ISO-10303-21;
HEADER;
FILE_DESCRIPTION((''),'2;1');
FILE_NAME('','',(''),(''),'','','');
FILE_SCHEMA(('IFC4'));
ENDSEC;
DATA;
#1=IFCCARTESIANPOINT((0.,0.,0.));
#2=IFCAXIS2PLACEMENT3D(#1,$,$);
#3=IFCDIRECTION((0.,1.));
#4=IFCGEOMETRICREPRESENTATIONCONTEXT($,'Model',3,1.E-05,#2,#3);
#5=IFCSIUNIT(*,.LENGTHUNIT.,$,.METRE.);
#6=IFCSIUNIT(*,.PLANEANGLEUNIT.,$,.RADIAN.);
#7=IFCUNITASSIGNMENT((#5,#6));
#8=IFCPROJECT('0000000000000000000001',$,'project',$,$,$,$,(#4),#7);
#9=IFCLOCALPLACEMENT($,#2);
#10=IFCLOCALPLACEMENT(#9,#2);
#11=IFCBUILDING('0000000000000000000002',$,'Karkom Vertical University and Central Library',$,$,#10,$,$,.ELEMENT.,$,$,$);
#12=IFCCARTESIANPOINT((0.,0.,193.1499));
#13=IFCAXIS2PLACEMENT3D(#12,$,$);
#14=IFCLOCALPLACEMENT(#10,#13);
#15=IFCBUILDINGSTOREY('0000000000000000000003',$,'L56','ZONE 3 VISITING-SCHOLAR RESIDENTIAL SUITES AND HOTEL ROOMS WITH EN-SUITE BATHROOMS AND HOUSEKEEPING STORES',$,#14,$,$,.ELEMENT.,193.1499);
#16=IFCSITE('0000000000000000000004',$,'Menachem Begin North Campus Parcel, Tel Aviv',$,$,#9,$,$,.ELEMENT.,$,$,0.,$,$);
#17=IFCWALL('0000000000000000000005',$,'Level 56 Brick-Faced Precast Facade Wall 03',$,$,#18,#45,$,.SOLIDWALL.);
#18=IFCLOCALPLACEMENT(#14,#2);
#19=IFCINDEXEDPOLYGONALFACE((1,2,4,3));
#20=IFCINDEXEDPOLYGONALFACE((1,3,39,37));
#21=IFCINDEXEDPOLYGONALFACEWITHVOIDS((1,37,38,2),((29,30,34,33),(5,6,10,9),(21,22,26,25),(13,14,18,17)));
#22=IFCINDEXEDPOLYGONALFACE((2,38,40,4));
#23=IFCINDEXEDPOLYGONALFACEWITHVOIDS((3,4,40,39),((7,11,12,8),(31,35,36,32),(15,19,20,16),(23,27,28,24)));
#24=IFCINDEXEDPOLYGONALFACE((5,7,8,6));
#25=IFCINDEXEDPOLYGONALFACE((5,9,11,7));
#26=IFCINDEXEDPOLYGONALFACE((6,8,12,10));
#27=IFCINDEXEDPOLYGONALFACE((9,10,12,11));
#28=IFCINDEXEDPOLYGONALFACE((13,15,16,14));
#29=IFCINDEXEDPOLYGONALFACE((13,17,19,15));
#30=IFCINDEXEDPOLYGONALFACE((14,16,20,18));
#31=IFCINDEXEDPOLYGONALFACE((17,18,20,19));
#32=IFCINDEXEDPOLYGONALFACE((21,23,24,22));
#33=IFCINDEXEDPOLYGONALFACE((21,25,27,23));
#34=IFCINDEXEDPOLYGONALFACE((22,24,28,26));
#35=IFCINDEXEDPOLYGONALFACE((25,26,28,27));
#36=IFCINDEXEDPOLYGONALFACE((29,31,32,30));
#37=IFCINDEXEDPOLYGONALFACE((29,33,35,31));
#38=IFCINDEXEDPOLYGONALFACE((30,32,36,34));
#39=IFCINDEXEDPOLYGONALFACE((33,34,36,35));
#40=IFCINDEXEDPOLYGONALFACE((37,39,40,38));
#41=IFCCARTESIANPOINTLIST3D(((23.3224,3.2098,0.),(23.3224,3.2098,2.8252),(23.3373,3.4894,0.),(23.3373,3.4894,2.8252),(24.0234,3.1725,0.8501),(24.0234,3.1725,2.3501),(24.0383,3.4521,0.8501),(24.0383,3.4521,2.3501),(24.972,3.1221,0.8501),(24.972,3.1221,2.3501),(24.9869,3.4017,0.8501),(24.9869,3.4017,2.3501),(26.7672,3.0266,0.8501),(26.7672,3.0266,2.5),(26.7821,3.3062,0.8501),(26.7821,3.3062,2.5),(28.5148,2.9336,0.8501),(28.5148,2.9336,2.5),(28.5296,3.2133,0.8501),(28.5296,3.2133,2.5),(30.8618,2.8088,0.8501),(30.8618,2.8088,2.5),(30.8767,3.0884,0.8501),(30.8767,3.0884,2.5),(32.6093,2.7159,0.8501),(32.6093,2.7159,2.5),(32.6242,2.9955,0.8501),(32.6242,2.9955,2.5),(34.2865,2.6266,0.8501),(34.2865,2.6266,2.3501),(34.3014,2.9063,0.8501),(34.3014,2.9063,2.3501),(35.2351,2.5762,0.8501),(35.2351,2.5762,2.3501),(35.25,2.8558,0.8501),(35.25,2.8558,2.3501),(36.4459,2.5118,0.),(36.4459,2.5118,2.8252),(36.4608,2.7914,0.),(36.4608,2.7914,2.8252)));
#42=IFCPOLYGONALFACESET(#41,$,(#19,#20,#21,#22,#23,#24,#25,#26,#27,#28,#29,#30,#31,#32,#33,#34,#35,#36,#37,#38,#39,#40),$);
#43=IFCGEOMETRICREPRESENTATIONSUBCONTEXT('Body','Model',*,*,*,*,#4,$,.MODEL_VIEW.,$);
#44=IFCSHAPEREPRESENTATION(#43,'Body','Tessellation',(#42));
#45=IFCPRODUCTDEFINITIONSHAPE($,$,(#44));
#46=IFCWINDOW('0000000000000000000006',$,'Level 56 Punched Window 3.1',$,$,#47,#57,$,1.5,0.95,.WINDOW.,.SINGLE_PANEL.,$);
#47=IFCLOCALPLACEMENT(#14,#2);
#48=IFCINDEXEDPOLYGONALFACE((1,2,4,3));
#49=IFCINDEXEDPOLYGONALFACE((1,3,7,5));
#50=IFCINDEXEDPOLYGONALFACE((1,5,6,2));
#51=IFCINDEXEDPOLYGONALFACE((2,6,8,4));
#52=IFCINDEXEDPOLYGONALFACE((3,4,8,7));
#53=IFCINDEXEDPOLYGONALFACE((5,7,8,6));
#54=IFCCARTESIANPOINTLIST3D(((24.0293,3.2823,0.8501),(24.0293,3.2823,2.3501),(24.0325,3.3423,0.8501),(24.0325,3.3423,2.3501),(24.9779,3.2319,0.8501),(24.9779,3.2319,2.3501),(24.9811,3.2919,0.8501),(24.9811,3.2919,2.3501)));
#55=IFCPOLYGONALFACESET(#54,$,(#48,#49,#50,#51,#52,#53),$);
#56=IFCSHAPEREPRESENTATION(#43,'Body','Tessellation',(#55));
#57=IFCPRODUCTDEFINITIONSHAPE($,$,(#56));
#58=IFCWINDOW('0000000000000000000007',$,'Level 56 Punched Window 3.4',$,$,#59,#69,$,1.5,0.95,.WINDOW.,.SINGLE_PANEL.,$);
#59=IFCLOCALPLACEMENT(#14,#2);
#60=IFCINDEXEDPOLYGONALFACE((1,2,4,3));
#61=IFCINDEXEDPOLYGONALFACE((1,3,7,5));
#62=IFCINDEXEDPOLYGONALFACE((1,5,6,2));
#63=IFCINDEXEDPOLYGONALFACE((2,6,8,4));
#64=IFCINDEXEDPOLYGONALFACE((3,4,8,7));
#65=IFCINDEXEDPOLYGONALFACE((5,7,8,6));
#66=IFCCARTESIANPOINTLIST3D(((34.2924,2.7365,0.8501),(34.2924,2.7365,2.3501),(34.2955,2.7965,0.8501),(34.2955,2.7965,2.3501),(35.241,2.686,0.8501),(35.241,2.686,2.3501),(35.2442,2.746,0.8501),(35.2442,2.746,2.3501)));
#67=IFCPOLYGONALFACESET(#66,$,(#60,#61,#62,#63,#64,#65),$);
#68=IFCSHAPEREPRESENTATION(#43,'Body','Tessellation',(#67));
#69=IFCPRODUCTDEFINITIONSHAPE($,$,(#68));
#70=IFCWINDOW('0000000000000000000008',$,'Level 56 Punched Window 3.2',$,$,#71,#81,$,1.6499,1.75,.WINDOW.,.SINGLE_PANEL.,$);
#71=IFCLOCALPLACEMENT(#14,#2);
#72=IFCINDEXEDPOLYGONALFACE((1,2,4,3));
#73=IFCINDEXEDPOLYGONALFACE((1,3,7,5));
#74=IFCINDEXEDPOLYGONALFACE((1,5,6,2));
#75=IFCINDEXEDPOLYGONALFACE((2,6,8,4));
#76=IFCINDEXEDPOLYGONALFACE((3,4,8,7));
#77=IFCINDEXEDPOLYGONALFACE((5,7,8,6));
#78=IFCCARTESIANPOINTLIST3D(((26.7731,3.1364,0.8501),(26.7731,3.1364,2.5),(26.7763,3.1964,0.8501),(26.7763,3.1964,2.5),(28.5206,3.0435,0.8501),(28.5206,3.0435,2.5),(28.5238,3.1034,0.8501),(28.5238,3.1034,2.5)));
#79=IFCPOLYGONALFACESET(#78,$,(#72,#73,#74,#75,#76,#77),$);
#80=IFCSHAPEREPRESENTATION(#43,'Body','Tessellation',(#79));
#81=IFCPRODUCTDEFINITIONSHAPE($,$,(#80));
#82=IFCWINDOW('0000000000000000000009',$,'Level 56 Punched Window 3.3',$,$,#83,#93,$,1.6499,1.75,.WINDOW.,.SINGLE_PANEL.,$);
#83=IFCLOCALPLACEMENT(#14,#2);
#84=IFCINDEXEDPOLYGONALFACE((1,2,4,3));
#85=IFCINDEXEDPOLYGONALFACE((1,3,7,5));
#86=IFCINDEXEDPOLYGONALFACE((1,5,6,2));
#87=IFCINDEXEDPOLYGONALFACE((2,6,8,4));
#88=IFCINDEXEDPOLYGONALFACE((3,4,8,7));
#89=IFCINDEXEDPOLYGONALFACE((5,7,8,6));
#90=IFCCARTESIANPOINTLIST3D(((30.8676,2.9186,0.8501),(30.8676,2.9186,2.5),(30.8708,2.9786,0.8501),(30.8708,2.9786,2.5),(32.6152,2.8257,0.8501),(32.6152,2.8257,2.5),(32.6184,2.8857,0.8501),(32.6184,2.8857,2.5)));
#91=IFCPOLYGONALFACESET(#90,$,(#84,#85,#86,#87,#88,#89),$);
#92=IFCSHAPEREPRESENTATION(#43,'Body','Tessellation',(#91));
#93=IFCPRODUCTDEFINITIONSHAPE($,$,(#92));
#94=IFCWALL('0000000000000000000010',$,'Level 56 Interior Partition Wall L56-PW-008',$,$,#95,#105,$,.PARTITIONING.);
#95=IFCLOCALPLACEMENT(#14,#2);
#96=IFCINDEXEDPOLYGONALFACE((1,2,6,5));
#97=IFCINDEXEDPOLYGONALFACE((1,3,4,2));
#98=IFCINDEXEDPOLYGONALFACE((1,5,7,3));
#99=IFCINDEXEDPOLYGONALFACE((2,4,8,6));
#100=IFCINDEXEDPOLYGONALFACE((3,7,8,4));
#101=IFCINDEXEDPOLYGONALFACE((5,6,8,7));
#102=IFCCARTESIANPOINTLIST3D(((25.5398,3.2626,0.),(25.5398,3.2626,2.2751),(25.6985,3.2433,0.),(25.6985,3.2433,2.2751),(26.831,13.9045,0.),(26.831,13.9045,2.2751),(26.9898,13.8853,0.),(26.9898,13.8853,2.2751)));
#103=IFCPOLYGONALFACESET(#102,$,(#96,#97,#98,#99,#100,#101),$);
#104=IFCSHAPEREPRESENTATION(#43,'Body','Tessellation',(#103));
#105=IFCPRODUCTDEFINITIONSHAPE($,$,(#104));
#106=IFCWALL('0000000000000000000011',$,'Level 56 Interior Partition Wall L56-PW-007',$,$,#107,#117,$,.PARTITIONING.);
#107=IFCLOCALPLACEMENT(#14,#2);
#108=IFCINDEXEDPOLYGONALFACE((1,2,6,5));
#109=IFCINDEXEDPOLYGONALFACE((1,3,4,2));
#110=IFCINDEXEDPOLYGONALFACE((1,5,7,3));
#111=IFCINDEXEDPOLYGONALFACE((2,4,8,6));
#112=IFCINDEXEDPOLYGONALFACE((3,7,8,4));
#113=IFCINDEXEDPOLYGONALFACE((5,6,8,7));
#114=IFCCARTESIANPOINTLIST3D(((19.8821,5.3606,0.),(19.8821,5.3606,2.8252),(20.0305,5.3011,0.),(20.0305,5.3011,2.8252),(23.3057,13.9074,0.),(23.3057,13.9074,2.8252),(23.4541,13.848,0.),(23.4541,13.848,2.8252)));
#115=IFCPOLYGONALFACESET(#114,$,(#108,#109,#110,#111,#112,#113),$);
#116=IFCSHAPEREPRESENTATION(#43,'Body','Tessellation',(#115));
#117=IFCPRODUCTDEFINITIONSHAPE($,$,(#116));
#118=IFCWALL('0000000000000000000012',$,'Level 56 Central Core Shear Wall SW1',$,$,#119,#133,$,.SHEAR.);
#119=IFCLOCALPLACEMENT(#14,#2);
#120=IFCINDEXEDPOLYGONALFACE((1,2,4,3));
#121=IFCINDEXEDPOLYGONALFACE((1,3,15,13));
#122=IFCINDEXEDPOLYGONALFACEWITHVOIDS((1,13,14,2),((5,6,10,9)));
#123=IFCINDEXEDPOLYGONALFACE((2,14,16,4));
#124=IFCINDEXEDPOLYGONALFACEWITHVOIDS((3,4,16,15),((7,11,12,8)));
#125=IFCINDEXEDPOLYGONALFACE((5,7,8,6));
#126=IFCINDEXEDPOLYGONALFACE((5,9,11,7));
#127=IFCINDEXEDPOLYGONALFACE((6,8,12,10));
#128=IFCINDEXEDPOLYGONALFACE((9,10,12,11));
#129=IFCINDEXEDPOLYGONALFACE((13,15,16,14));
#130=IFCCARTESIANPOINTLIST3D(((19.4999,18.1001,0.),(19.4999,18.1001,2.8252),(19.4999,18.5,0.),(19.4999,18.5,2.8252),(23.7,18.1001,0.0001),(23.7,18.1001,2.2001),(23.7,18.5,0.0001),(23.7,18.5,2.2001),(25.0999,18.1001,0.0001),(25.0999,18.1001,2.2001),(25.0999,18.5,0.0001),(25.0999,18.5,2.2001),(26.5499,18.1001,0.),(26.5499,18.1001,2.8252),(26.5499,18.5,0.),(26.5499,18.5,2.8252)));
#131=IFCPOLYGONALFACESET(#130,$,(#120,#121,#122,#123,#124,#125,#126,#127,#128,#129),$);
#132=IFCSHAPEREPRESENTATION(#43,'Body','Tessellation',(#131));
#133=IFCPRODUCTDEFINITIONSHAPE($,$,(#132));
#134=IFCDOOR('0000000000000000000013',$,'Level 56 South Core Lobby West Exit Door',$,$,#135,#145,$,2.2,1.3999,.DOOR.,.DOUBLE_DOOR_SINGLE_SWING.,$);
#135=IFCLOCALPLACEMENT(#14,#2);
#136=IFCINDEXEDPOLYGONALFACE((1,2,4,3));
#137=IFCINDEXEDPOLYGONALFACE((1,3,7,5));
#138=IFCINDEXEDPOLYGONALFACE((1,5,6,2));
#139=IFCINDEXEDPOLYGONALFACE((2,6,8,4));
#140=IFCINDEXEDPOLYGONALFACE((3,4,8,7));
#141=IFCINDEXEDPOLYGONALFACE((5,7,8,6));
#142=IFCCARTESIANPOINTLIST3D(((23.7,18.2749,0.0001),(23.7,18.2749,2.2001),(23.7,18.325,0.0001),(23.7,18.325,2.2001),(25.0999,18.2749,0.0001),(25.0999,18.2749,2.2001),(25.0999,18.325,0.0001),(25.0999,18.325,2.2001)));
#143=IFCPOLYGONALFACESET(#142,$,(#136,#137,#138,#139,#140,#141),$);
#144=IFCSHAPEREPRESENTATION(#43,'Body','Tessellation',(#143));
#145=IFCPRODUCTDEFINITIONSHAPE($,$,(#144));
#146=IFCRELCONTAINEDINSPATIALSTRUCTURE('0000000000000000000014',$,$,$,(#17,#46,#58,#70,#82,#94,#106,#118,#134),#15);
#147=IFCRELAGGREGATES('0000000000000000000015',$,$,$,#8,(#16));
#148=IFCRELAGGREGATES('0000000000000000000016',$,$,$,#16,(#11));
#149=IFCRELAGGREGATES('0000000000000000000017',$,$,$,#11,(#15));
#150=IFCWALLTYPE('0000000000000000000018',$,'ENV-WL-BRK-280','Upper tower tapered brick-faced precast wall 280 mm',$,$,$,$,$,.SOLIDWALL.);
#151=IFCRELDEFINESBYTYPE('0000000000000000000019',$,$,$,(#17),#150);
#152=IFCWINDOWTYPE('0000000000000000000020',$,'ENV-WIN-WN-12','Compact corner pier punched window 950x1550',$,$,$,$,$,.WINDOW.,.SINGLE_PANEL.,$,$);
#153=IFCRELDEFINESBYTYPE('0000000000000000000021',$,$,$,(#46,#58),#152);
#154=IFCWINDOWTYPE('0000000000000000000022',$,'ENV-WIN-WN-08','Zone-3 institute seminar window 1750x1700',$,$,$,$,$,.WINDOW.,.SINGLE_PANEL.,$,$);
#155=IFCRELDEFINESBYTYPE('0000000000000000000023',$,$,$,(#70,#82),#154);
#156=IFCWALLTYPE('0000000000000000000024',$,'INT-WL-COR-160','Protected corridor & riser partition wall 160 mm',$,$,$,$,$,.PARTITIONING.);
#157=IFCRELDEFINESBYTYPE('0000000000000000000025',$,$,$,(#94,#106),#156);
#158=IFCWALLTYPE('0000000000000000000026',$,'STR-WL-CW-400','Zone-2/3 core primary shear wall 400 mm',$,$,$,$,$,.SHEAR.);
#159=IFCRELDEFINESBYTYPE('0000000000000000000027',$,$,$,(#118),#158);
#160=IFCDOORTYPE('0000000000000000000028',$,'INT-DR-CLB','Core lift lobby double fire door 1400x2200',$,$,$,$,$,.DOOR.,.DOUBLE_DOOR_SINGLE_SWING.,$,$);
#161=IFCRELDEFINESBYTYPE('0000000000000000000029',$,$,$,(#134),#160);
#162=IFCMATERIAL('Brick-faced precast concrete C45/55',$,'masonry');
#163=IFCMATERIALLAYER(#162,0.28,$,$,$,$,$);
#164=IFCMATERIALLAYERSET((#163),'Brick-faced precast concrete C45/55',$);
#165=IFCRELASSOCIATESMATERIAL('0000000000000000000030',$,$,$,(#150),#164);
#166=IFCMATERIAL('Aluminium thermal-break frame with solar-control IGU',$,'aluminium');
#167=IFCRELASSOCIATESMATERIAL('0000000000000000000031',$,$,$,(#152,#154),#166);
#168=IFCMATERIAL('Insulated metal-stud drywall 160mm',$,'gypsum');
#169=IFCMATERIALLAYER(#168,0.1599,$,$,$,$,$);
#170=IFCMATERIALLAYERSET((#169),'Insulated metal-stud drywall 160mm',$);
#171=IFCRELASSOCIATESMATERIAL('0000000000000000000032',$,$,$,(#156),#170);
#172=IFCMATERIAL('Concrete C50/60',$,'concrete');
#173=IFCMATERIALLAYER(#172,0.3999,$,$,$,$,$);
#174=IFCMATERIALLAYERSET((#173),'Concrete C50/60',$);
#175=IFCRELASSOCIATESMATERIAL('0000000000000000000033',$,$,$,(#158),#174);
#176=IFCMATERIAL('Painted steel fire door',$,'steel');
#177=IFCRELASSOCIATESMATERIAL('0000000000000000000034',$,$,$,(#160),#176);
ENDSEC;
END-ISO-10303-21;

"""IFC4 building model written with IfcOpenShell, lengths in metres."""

from ifc_helpers import new_model, si_unit, direction, frame, frame_2d, origin, origin_with_axes, place, context, subcontext, project, spatial, rectangle, extrude, source, transform, mapped, material, layer, layer_set, type_object, element, fill, save


model = new_model("IFC4")

# Units and contexts
model_context = context("Model", 3, precision=1e-05, world=origin(), true_north=direction((0.0, 1.0)))
body_context = subcontext(model_context, "Body", "Model", "MODEL_VIEW")
ifc_project = project(units=[si_unit("LENGTHUNIT", "METRE"), si_unit("PLANEANGLEUNIT", "RADIAN")], contexts=[model_context])

# Site, building, storey
site_placement = place(None, origin())
site = spatial("IfcSite", under=ifc_project, at=site_placement, Name="Menachem Begin North Campus Parcel, Tel Aviv", CompositionType="ELEMENT", RefElevation=0.0)
building_placement = place(site_placement, origin())
building = spatial("IfcBuilding", under=site, at=building_placement, Name="Karkom Vertical University and Central Library", CompositionType="ELEMENT")
storey_placement = place(building_placement, frame((0.0, 0.0, 193.1499)))
storey = spatial("IfcBuildingStorey", under=building, at=storey_placement, Name="L56", Description="ZONE 3 VISITING-SCHOLAR RESIDENTIAL SUITES AND HOTEL ROOMS WITH EN-SUITE BATHROOMS AND HOUSEKEEPING STORES", CompositionType="ELEMENT", Elevation=193.1499)

# Shared definitions
ifc_material_1 = material(Name="Concrete C50/60", Category="concrete")

# Wall, openings, windows
ifc_material_2 = material(Name="Brick-faced precast concrete C45/55", Category="masonry")
ifc_layer_1 = layer(ifc_material_2, 0.28)
ifc_layer_set_1 = layer_set([ifc_layer_1], Name="Brick-faced precast concrete C45/55")
wall_type_1 = type_object("IfcWallType", Name="ENV-WL-BRK-280", Description="Upper tower tapered brick-faced precast wall 280 mm", PredefinedType="SOLIDWALL", material=ifc_layer_set_1)
wall_1_placement = place(storey_placement, frame((23.3298, 3.3496, 0.0), z_axis=(0.0, 0.0, 1.0), x_axis=(0.998589, -0.053112, 0.0)))
wall_1 = element("IfcWall", 1, at=wall_1_placement, inside=storey, type_object=wall_type_1, Name="Level 56 Brick-Faced Precast Facade Wall 03", PredefinedType="SOLIDWALL", context=body_context, shape_type="SweptSolid", body=[
    extrude(rectangle(XDim=13.1421, YDim=0.28, at=frame_2d((6.571, 0.0))), origin(), (0.0, 0.0, 1.0), 2.8252),
])
opening_1_placement = place(wall_1_placement, frame((0.7019, 0.0, 0.8501)))
opening_1 = element("IfcOpeningElement", 2, at=opening_1_placement, cuts=wall_1, PredefinedType="OPENING", context=body_context, shape_type="SweptSolid", body=[
    extrude(rectangle(XDim=0.95, YDim=1.5, at=frame_2d((0.4751, 0.75))), frame((0.0, 0.1499, 0.0), z_axis=(0.0, -1.0, 0.0), x_axis=(1.0, 0.0, 0.0)), (0.0, 0.0, 1.0), 0.3),
])
opening_2_placement = place(wall_1_placement, frame((3.4497, 0.0, 0.8501)))
opening_2 = element("IfcOpeningElement", 3, at=opening_2_placement, cuts=wall_1, PredefinedType="OPENING", context=body_context, shape_type="SweptSolid", body=[
    extrude(rectangle(XDim=1.75, YDim=1.6499, at=frame_2d((0.875, 0.825))), frame((0.0, 0.1499, 0.0), z_axis=(0.0, -1.0, 0.0), x_axis=(1.0, 0.0, 0.0)), (0.0, 0.0, 1.0), 0.3),
])
opening_3_placement = place(wall_1_placement, frame((7.55, 0.0, 0.8501)))
opening_3 = element("IfcOpeningElement", 4, at=opening_3_placement, cuts=wall_1, PredefinedType="OPENING", context=body_context, shape_type="SweptSolid", body=[
    extrude(rectangle(XDim=1.75, YDim=1.6499, at=frame_2d((0.875, 0.825))), frame((0.0, 0.1499, 0.0), z_axis=(0.0, -1.0, 0.0), x_axis=(1.0, 0.0, 0.0)), (0.0, 0.0, 1.0), 0.3),
])
opening_4_placement = place(wall_1_placement, frame((10.9795, 0.0, 0.8501)))
opening_4 = element("IfcOpeningElement", 5, at=opening_4_placement, cuts=wall_1, PredefinedType="OPENING", context=body_context, shape_type="SweptSolid", body=[
    extrude(rectangle(XDim=0.95, YDim=1.5, at=frame_2d((0.4751, 0.75))), frame((0.0, 0.1499, 0.0), z_axis=(0.0, -1.0, 0.0), x_axis=(1.0, 0.0, 0.0)), (0.0, 0.0, 1.0), 0.3),
])
ifc_material_3 = material(Name="Aluminium thermal-break frame with solar-control IGU", Category="aluminium")
window_type_1 = type_object("IfcWindowType", Name="ENV-WIN-WN-12", Description="Compact corner pier punched window 950x1550", PartitioningType="SINGLE_PANEL", PredefinedType="WINDOW", material=ifc_material_3)
shared_shape_1 = source(origin_with_axes(), body_context, "Body", "SweptSolid", [
    extrude(rectangle(XDim=0.95, YDim=1.5, at=frame_2d((0.4751, 0.75))), frame((0.0, 0.03, 0.0), z_axis=(0.0, -1.0, 0.0), x_axis=(1.0, 0.0, 0.0)), (0.0, 0.0, 1.0), 0.0601),
])
window_1_placement = place(opening_1_placement, origin())
window_1 = element("IfcWindow", 6, at=window_1_placement, inside=storey, type_object=window_type_1, Name="Level 56 Punched Window 3.1", OverallHeight=1.5, OverallWidth=0.95, PartitioningType="SINGLE_PANEL", PredefinedType="WINDOW", context=body_context, shape_type="MappedRepresentation", body=[
    mapped(shared_shape_1, transform((0.0, 0.0, 0.0), scale=1.0)),
])
fill(opening_1, window_1)
window_2_placement = place(opening_4_placement, origin())
window_2 = element("IfcWindow", 7, at=window_2_placement, inside=storey, type_object=window_type_1, Name="Level 56 Punched Window 3.4", OverallHeight=1.5, OverallWidth=0.95, PartitioningType="SINGLE_PANEL", PredefinedType="WINDOW", context=body_context, shape_type="MappedRepresentation", body=[
    mapped(shared_shape_1, transform((0.0, 0.0, 0.0), scale=1.0)),
])
fill(opening_4, window_2)
window_type_2 = type_object("IfcWindowType", Name="ENV-WIN-WN-08", Description="Zone-3 institute seminar window 1750x1700", PartitioningType="SINGLE_PANEL", PredefinedType="WINDOW", material=ifc_material_3)
shared_shape_2 = source(origin_with_axes(), body_context, "Body", "SweptSolid", [
    extrude(rectangle(XDim=1.75, YDim=1.6499, at=frame_2d((0.875, 0.825))), frame((0.0, 0.03, 0.0), z_axis=(0.0, -1.0, 0.0), x_axis=(1.0, 0.0, 0.0)), (0.0, 0.0, 1.0), 0.0601),
])
window_3_placement = place(opening_2_placement, origin())
window_3 = element("IfcWindow", 8, at=window_3_placement, inside=storey, type_object=window_type_2, Name="Level 56 Punched Window 3.2", OverallHeight=1.6499, OverallWidth=1.75, PartitioningType="SINGLE_PANEL", PredefinedType="WINDOW", context=body_context, shape_type="MappedRepresentation", body=[
    mapped(shared_shape_2, transform((0.0, 0.0, 0.0), scale=1.0)),
])
fill(opening_2, window_3)
window_4_placement = place(opening_3_placement, origin())
window_4 = element("IfcWindow", 9, at=window_4_placement, inside=storey, type_object=window_type_2, Name="Level 56 Punched Window 3.3", OverallHeight=1.6499, OverallWidth=1.75, PartitioningType="SINGLE_PANEL", PredefinedType="WINDOW", context=body_context, shape_type="MappedRepresentation", body=[
    mapped(shared_shape_2, transform((0.0, 0.0, 0.0), scale=1.0)),
])
fill(opening_3, window_4)

# Walls
ifc_material_4 = material(Name="Insulated metal-stud drywall 160mm", Category="gypsum")
ifc_layer_2 = layer(ifc_material_4, 0.1599)
ifc_layer_set_2 = layer_set([ifc_layer_2], Name="Insulated metal-stud drywall 160mm")
wall_type_2 = type_object("IfcWallType", Name="INT-WL-COR-160", Description="Protected corridor & riser partition wall 160 mm", PredefinedType="PARTITIONING", material=ifc_layer_set_2)
wall_2_placement = place(storey_placement, frame((26.9104, 13.8948, 0.0), z_axis=(0.0, 0.0, 1.0), x_axis=(-0.120454, -0.992719, 0.0)))
element("IfcWall", 10, at=wall_2_placement, inside=storey, type_object=wall_type_2, Name="Level 56 Interior Partition Wall L56-PW-008", PredefinedType="PARTITIONING", context=body_context, shape_type="SweptSolid", body=[
    extrude(rectangle(XDim=10.72, YDim=0.1599, at=frame_2d((5.3599, 0.0))), origin(), (0.0, 0.0, 1.0), 2.2751),
])
wall_3_placement = place(storey_placement, frame((23.3799, 13.8777, 0.0), z_axis=(0.0, 0.0, 1.0), x_axis=(-0.371843, -0.928296, 0.0)))
element("IfcWall", 11, at=wall_3_placement, inside=storey, type_object=wall_type_2, Name="Level 56 Interior Partition Wall L56-PW-007", PredefinedType="PARTITIONING", context=body_context, shape_type="SweptSolid", body=[
    extrude(rectangle(XDim=9.207, YDim=0.1599, at=frame_2d((4.6035, 0.0))), origin(), (0.0, 0.0, 1.0), 2.8252),
])

# Wall, opening, door
ifc_layer_3 = layer(ifc_material_1, 0.3999)
ifc_layer_set_3 = layer_set([ifc_layer_3], Name="Concrete C50/60")
wall_type_3 = type_object("IfcWallType", Name="STR-WL-CW-400", Description="Zone-2/3 core primary shear wall 400 mm", PredefinedType="SHEAR", material=ifc_layer_set_3)
wall_4_placement = place(storey_placement, frame((19.5, 18.3, 0.0), z_axis=(0.0, 0.0, 1.0), x_axis=(1.0, 0.0, 0.0)))
wall_4 = element("IfcWall", 12, at=wall_4_placement, inside=storey, type_object=wall_type_3, Name="Level 56 Central Core Shear Wall SW1", PredefinedType="SHEAR", context=body_context, shape_type="SweptSolid", body=[
    extrude(rectangle(XDim=7.05, YDim=0.3999, at=frame_2d((3.5249, 0.0))), origin(), (0.0, 0.0, 1.0), 2.8252),
])
opening_5_placement = place(wall_4_placement, frame((4.2, 0.0, 0.0)))
opening_5 = element("IfcOpeningElement", 13, at=opening_5_placement, cuts=wall_4, PredefinedType="OPENING", context=body_context, shape_type="SweptSolid", body=[
    extrude(rectangle(XDim=1.3999, YDim=2.2, at=frame_2d((0.7, 1.1001))), frame((0.0, 0.21, 0.0), z_axis=(0.0, -1.0, 0.0), x_axis=(1.0, 0.0, 0.0)), (0.0, 0.0, 1.0), 0.4199),
])
ifc_material_5 = material(Name="Painted steel fire door", Category="steel")
door_type = type_object("IfcDoorType", Name="INT-DR-CLB", Description="Core lift lobby double fire door 1400x2200", OperationType="DOUBLE_DOOR_SINGLE_SWING", PredefinedType="DOOR", material=ifc_material_5)
shared_shape_3 = source(origin_with_axes(), body_context, "Body", "SweptSolid", [
    extrude(rectangle(XDim=1.3999, YDim=2.2, at=frame_2d((0.7, 1.1001))), frame((0.0, 0.0249, 0.0), z_axis=(0.0, -1.0, 0.0), x_axis=(1.0, 0.0, 0.0)), (0.0, 0.0, 1.0), 0.05),
])
door_placement = place(opening_5_placement, origin())
door = element("IfcDoor", 14, at=door_placement, inside=storey, type_object=door_type, Name="Level 56 South Core Lobby West Exit Door", OperationType="DOUBLE_DOOR_SINGLE_SWING", OverallHeight=2.2, OverallWidth=1.3999, PredefinedType="DOOR", context=body_context, shape_type="MappedRepresentation", body=[
    mapped(shared_shape_3, transform((0.0, 0.0, 0.0), scale=1.0)),
])
fill(opening_5, door)

save(model, "model.ifc")
